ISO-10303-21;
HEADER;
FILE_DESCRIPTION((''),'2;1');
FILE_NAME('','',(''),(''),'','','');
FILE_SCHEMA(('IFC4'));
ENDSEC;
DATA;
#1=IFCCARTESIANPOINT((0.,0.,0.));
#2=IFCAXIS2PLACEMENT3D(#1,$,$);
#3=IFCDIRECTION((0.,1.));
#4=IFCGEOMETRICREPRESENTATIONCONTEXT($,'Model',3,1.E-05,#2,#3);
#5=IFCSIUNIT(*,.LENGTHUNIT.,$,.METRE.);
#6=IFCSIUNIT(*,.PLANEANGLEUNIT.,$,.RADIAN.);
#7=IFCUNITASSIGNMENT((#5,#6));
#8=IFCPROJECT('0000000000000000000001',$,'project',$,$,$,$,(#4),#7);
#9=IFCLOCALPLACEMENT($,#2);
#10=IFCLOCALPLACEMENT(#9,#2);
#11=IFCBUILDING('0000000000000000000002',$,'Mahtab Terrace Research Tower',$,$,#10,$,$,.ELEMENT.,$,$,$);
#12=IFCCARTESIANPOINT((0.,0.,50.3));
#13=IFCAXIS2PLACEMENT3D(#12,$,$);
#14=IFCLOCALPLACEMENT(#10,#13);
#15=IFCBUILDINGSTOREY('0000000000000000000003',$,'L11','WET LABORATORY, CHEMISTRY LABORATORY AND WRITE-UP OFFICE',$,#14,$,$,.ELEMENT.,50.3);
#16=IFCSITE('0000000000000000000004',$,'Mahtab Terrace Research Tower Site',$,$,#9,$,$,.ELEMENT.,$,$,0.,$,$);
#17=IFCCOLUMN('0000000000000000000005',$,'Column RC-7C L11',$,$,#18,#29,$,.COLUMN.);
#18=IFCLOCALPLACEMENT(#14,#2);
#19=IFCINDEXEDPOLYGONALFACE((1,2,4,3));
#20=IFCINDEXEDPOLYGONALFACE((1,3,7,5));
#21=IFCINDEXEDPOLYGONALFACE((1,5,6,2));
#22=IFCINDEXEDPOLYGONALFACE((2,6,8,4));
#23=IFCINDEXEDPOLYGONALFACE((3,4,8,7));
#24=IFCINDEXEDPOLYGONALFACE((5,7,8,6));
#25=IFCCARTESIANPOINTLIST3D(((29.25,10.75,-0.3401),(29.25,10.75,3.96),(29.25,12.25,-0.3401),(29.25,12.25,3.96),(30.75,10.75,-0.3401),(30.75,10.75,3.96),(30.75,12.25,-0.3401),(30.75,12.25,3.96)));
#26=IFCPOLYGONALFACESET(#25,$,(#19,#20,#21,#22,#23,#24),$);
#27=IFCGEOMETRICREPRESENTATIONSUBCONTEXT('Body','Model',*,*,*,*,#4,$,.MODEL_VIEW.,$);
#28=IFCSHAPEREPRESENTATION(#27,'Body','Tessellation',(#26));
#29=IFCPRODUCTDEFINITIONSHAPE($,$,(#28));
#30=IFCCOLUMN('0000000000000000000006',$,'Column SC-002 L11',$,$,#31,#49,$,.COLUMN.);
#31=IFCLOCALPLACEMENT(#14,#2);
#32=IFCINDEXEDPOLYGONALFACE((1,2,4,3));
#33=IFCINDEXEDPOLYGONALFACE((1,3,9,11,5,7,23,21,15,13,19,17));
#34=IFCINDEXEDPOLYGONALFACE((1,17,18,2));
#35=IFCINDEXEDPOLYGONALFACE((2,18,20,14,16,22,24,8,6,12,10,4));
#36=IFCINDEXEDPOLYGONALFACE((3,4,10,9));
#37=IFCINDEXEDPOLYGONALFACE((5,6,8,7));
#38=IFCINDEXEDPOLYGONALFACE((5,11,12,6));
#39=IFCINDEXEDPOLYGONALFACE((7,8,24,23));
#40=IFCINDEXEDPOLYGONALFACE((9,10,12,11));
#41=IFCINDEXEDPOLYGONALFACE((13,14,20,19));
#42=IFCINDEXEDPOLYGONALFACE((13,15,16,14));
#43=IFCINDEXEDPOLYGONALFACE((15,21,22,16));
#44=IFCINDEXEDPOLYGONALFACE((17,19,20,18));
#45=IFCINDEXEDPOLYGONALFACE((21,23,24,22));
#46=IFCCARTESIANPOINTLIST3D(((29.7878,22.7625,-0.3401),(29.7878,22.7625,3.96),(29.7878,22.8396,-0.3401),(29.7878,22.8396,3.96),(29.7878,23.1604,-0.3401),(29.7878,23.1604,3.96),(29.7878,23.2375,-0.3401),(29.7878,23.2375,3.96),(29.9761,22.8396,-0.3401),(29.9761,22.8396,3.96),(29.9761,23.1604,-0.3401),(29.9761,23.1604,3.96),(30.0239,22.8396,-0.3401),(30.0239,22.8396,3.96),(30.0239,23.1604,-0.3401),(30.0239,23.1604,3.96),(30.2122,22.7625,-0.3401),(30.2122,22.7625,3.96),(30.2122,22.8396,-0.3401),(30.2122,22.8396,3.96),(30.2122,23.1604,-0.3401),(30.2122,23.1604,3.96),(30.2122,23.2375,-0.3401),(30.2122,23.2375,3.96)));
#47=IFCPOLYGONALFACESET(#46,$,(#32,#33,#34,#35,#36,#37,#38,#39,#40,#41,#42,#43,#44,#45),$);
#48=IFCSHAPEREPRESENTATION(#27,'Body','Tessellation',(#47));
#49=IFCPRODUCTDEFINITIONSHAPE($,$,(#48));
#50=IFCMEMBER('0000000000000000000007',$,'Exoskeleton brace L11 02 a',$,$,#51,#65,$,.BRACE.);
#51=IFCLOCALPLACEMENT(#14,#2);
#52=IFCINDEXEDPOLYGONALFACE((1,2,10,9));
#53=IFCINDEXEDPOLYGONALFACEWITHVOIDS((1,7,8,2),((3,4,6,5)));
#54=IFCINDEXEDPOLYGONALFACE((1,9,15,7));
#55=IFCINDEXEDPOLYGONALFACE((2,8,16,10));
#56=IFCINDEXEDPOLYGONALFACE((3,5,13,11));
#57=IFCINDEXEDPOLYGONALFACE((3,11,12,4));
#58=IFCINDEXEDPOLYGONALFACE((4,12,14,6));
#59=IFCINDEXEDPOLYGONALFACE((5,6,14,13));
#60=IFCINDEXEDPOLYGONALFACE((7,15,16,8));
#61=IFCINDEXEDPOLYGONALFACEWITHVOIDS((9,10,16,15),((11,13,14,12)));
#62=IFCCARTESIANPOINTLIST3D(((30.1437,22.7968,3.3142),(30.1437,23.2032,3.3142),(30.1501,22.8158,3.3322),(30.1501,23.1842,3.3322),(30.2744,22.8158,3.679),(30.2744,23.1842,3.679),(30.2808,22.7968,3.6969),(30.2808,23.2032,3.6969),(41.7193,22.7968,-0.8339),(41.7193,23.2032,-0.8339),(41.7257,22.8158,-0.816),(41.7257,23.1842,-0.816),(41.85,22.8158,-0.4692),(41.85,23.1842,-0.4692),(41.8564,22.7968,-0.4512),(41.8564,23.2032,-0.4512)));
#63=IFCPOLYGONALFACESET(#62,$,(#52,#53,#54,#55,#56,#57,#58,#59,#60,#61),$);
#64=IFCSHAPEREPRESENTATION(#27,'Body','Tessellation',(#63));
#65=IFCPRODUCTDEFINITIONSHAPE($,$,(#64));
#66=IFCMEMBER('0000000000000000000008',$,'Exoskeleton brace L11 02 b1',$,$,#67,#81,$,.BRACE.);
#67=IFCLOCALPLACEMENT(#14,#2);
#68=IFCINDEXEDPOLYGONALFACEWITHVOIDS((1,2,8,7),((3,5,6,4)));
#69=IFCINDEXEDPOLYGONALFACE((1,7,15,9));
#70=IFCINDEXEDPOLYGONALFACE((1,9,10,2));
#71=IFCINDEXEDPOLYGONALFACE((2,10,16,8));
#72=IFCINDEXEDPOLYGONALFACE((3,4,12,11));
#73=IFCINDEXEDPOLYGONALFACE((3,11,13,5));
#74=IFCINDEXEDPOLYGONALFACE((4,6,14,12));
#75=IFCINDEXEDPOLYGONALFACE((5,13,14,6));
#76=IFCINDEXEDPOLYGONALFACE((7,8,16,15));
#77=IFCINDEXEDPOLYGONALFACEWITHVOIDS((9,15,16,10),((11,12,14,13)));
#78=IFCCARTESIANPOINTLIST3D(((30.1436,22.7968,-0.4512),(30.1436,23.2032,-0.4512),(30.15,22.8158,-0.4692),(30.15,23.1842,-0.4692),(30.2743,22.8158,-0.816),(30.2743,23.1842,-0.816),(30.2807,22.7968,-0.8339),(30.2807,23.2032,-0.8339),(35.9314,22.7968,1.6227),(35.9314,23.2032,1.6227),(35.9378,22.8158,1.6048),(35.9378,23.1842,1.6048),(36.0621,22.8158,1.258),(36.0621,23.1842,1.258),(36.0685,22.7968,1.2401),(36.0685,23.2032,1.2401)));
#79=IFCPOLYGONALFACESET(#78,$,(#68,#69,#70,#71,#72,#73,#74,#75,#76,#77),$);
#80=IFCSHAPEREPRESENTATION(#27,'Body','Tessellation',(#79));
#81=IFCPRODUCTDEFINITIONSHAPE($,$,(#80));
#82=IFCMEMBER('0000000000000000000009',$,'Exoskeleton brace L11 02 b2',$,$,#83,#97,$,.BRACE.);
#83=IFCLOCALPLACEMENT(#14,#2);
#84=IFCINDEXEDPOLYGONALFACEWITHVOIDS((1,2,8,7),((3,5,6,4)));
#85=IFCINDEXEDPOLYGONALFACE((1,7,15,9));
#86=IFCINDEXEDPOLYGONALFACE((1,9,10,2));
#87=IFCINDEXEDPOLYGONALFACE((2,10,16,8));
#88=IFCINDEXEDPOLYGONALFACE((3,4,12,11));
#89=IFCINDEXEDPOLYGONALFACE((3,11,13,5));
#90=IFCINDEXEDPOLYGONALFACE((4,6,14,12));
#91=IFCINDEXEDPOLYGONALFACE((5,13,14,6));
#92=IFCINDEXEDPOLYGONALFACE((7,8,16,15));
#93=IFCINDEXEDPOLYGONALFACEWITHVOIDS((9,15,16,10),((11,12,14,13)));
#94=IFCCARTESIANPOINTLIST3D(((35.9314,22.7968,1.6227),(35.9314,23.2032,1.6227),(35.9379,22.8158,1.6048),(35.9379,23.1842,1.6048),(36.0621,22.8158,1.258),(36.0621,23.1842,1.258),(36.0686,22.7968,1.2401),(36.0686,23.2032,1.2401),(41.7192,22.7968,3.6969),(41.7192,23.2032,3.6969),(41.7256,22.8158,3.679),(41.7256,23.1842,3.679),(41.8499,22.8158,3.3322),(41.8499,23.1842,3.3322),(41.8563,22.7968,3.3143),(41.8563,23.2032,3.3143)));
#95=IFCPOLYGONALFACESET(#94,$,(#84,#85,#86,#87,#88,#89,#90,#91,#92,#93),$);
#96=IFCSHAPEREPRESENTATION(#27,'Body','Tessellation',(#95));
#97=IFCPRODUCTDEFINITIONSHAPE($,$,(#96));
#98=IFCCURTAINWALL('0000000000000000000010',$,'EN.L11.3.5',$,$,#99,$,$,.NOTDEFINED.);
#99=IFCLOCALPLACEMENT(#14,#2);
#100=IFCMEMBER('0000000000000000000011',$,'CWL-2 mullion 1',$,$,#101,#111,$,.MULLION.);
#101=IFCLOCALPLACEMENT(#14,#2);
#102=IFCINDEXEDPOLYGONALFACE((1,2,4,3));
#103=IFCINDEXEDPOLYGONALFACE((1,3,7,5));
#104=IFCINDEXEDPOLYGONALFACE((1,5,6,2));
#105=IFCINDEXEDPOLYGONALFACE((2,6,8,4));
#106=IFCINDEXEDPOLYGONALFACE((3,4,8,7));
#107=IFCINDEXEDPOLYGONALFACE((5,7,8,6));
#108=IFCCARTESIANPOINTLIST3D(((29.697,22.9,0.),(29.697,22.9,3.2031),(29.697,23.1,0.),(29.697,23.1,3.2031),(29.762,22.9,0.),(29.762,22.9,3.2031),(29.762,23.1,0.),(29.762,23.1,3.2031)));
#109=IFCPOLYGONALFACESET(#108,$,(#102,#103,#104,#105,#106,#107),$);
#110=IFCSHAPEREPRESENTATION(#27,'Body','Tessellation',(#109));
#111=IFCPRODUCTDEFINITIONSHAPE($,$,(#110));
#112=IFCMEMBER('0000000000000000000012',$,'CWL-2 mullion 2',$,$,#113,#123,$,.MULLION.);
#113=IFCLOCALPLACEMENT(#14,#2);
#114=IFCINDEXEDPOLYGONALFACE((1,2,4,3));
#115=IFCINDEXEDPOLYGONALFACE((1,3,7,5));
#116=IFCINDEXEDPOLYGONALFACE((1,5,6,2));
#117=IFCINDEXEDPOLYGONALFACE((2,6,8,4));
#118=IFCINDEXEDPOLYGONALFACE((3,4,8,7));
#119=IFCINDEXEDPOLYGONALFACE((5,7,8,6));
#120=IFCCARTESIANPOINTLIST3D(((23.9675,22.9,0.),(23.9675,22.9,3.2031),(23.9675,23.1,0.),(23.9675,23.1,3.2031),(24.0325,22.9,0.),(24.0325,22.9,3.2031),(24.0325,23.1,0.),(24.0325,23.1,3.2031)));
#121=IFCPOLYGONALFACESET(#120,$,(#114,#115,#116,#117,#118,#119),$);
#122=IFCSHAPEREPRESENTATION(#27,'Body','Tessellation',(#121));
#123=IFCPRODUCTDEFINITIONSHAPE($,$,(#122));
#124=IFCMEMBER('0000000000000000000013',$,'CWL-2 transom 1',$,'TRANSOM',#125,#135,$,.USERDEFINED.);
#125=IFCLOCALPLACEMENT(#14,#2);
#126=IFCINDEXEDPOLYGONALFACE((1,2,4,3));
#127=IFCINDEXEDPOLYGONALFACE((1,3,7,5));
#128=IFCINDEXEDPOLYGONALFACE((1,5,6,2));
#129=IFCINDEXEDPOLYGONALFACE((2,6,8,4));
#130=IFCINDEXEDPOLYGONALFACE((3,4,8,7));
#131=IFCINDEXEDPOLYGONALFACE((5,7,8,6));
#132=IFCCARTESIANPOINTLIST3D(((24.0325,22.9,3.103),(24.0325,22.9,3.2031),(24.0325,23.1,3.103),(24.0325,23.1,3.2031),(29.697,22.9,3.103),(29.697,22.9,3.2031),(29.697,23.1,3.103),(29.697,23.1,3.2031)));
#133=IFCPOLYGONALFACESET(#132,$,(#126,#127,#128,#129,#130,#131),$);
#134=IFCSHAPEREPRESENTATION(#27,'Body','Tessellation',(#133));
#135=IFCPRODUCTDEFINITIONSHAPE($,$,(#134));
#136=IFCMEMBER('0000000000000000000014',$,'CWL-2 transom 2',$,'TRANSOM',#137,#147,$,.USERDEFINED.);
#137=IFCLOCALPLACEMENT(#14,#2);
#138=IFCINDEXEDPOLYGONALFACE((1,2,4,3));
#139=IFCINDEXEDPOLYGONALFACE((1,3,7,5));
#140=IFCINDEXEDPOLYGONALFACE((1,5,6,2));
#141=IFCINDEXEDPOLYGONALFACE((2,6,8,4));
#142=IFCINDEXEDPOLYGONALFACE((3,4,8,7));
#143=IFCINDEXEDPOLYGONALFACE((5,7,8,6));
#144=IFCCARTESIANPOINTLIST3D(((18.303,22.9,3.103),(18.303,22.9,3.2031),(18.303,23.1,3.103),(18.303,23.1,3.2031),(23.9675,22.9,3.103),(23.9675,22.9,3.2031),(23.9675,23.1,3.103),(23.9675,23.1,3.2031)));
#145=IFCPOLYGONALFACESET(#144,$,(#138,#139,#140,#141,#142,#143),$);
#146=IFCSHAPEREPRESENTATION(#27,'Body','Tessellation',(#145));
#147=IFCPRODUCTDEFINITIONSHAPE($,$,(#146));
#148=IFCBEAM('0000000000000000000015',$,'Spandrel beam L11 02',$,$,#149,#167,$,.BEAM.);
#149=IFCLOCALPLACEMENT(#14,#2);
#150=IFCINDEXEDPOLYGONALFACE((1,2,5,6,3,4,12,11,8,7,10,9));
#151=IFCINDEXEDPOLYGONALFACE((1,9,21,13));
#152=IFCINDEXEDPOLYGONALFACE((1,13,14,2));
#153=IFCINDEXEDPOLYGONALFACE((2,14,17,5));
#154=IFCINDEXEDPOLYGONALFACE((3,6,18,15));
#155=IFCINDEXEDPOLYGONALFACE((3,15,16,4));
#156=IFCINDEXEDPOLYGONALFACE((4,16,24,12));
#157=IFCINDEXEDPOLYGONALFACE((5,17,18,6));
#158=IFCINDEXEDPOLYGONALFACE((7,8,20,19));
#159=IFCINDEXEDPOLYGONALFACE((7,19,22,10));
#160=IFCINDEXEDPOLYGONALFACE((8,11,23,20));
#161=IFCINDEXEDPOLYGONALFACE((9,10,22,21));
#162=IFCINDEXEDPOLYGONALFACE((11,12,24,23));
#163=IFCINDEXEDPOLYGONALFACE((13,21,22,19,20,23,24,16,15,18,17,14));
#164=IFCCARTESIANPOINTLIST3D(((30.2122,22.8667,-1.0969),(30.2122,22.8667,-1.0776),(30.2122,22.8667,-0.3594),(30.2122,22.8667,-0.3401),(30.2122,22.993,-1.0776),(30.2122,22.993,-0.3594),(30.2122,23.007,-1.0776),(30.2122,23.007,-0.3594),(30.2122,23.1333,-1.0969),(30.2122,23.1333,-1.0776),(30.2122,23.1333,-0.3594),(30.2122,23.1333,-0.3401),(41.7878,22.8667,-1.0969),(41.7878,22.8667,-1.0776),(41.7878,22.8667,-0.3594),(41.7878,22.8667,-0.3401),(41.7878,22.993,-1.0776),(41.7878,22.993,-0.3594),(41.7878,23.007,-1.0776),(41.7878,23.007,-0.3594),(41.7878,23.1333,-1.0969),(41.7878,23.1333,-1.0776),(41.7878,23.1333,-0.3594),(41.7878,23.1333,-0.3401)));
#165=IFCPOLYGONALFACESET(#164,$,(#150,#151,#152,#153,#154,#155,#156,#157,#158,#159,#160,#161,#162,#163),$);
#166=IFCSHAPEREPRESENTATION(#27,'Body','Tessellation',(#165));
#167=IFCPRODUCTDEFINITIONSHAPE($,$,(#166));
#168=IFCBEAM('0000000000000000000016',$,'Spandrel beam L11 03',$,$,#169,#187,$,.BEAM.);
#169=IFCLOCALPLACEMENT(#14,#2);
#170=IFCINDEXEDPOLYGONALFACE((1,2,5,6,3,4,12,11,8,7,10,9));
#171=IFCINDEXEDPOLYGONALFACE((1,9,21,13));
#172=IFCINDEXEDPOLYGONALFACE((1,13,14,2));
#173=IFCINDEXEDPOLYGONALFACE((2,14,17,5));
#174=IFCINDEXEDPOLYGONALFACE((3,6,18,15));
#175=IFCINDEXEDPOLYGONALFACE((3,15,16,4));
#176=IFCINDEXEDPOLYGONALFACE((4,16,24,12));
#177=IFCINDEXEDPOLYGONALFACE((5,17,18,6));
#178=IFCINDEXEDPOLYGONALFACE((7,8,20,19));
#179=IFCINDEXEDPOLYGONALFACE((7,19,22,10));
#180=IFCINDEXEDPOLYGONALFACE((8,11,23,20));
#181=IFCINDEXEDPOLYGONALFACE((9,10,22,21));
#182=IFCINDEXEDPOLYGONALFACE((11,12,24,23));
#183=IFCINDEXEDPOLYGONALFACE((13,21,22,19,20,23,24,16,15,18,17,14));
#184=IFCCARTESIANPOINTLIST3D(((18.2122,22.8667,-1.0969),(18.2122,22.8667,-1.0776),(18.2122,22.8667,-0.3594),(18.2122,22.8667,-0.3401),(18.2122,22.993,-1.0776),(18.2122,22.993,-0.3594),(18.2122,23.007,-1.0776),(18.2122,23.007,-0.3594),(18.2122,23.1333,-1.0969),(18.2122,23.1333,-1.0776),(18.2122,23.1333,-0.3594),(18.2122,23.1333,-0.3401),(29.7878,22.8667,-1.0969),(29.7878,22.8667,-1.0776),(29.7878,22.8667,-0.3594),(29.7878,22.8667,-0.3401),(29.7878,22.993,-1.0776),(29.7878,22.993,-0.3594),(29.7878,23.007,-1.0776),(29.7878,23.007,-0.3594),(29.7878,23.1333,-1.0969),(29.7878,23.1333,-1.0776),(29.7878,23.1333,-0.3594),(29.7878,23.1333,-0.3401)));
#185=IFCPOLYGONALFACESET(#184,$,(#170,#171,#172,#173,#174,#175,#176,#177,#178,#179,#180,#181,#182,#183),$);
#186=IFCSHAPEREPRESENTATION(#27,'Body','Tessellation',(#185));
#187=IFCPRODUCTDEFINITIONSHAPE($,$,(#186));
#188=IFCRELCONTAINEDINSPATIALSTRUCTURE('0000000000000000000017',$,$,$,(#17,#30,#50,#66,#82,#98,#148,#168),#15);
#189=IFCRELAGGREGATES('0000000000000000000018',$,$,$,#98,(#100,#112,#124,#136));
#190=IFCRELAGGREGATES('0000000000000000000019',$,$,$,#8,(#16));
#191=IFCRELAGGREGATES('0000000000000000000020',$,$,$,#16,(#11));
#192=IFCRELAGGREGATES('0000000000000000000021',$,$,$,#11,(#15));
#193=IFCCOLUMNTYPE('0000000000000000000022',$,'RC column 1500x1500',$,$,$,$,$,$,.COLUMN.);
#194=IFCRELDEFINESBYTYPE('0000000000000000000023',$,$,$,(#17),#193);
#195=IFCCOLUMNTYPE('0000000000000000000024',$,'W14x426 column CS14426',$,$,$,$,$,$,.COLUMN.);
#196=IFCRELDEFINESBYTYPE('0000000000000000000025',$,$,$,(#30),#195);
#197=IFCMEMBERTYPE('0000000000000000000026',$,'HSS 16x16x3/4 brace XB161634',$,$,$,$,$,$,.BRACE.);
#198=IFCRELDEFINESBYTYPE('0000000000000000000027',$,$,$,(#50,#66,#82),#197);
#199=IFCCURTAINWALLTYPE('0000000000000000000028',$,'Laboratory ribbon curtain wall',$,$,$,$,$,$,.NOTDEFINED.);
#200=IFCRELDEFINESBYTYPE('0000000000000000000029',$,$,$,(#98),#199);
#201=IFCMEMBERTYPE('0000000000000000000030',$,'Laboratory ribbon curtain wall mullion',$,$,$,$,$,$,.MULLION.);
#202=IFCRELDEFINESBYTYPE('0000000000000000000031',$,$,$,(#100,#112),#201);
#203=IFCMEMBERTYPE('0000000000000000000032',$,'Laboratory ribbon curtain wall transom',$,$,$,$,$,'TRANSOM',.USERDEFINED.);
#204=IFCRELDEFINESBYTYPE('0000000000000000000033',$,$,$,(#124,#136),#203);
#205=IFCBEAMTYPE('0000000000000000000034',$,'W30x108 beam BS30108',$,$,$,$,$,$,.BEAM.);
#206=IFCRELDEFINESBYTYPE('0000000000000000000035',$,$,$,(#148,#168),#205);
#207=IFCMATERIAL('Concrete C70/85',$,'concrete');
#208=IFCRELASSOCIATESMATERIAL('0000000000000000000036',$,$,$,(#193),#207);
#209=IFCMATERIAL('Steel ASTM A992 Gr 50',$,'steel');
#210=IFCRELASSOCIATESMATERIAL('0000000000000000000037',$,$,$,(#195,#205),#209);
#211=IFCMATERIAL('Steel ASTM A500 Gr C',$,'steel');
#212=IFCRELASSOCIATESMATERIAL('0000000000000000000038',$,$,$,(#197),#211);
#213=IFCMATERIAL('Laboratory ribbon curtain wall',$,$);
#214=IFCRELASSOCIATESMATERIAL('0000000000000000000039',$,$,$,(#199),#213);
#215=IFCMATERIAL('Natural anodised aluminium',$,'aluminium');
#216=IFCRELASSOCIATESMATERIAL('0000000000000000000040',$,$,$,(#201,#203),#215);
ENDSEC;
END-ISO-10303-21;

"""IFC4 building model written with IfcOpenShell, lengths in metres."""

from ifc_helpers import new_model, si_unit, direction, frame, origin, origin_2d, place, context, subcontext, project, spatial, rectangle, hollow_rectangle, i_section, extrude, material, material_profile, profile_set, type_object, element, aggregate, save


model = new_model("IFC4")

# Units and contexts
model_context = context("Model", 3, precision=1e-05, world=origin(), true_north=direction((0.0, 1.0)))
body_context = subcontext(model_context, "Body", "Model", "MODEL_VIEW")
ifc_project = project(units=[si_unit("LENGTHUNIT", "METRE"), si_unit("PLANEANGLEUNIT", "RADIAN")], contexts=[model_context])

# Site, building, storey
site_placement = place(None, origin())
site = spatial("IfcSite", under=ifc_project, at=site_placement, Name="Mahtab Terrace Research Tower Site", CompositionType="ELEMENT", RefElevation=0.0)
building_placement = place(site_placement, origin())
building = spatial("IfcBuilding", under=site, at=building_placement, Name="Mahtab Terrace Research Tower", CompositionType="ELEMENT")
storey_placement = place(building_placement, frame((0.0, 0.0, 50.3)))
storey = spatial("IfcBuildingStorey", under=building, at=storey_placement, Name="L11", Description="WET LABORATORY, CHEMISTRY LABORATORY AND WRITE-UP OFFICE", CompositionType="ELEMENT", Elevation=50.3)

# Columns
ifc_material_1 = material(Name="Concrete C70/85", Category="concrete")
ifc_material_profile_1 = material_profile(ifc_material_1, rectangle(XDim=1.5, YDim=1.5, at=origin_2d()), Name="RC column 1500x1500")
ifc_profile_set_1 = profile_set([ifc_material_profile_1], Name="Concrete C70/85")
column_type_1 = type_object("IfcColumnType", Name="RC column 1500x1500", PredefinedType="COLUMN", material=ifc_profile_set_1)
column_1_placement = place(storey_placement, frame((30.0, 11.5, -0.3401), z_axis=(0.0, 0.0, 1.0), x_axis=(1.0, 0.0, 0.0)))
element("IfcColumn", 1, at=column_1_placement, inside=storey, type_object=column_type_1, Name="Column RC-7C L11", PredefinedType="COLUMN", context=body_context, shape_type="SweptSolid", body=[
    extrude(rectangle(XDim=1.5, YDim=1.5, at=origin_2d()), origin(), (0.0, 0.0, 1.0), 4.3),
])
ifc_material_2 = material(Name="Steel ASTM A992 Gr 50", Category="steel")
ifc_material_profile_2 = material_profile(ifc_material_2, i_section(OverallWidth=0.4243, OverallDepth=0.4751, WebThickness=0.0479, FlangeThickness=0.0771, at=origin_2d()), Name="W14X426")
ifc_profile_set_2 = profile_set([ifc_material_profile_2], Name="Steel ASTM A992 Gr 50")
column_type_2 = type_object("IfcColumnType", Name="W14x426 column CS14426", PredefinedType="COLUMN", material=ifc_profile_set_2)
column_2_placement = place(storey_placement, frame((30.0, 23.0, -0.3401), z_axis=(0.0, 0.0, 1.0), x_axis=(1.0, 0.0, 0.0)))
element("IfcColumn", 2, at=column_2_placement, inside=storey, type_object=column_type_2, Name="Column SC-002 L11", PredefinedType="COLUMN", context=body_context, shape_type="SweptSolid", body=[
    extrude(i_section(OverallWidth=0.4243, OverallDepth=0.4751, WebThickness=0.0479, FlangeThickness=0.0771, at=origin_2d()), origin(), (0.0, 0.0, 1.0), 4.3),
])

# Members
ifc_material_3 = material(Name="Steel ASTM A500 Gr C", Category="steel")
ifc_material_profile_3 = material_profile(ifc_material_3, hollow_rectangle(XDim=0.4065, YDim=0.4065, WallThickness=0.019, at=origin_2d()), Name="HSS16X16X3/4")
ifc_profile_set_3 = profile_set([ifc_material_profile_3], Name="Steel ASTM A500 Gr C")
member_type_1 = type_object("IfcMemberType", Name="HSS 16x16x3/4 brace XB161634", PredefinedType="BRACE", material=ifc_profile_set_3)
member_1_placement = place(storey_placement, frame((41.7878, 23.0, -0.6426), z_axis=(-0.94138, 0.0, 0.337347), x_axis=(0.0, -1.0, 0.0)))
element("IfcMember", 3, at=member_1_placement, inside=storey, type_object=member_type_1, Name="Exoskeleton brace L11 02 a", PredefinedType="BRACE", context=body_context, shape_type="SweptSolid", body=[
    extrude(hollow_rectangle(XDim=0.4065, YDim=0.4065, WallThickness=0.019, at=origin_2d()), origin(), (0.0, 0.0, 1.0), 12.2964),
])
for number, where, z_axis, x_axis, name in (
    (4, (30.2122, 23.0, -0.6426), (0.941387, 0.0, 0.33733), (0.0, 1.0, 0.0), "Exoskeleton brace L11 02 b1"),
    (5, (36.0, 23.0, 1.4314), (0.941374, 0.0, 0.337365), (0.0, 1.0, 0.0), "Exoskeleton brace L11 02 b2"),
):
    element("IfcMember", number, at=place(storey_placement, frame(where, z_axis=z_axis, x_axis=x_axis)), inside=storey, type_object=member_type_1, Name=name, PredefinedType="BRACE", context=body_context, shape_type="SweptSolid", body=[
        extrude(hollow_rectangle(XDim=0.4065, YDim=0.4065, WallThickness=0.019, at=origin_2d()), origin(), (0.0, 0.0, 1.0), 6.1482),
    ])

# Curtain wall, members
ifc_material_4 = material(Name="Laboratory ribbon curtain wall")
curtain_wall_type = type_object("IfcCurtainWallType", Name="Laboratory ribbon curtain wall", PredefinedType="NOTDEFINED", material=ifc_material_4)
curtain_wall_placement = place(storey_placement, origin())
curtain_wall = element("IfcCurtainWall", 6, at=curtain_wall_placement, inside=storey, type_object=curtain_wall_type, Name="EN.L11.3.5", PredefinedType="NOTDEFINED")
ifc_material_5 = material(Name="Natural anodised aluminium", Category="aluminium")
ifc_material_profile_4 = material_profile(ifc_material_5, rectangle(XDim=0.2, YDim=0.0649, at=origin_2d()), Name="MULLION 65x200")
ifc_profile_set_4 = profile_set([ifc_material_profile_4], Name="Natural anodised aluminium")
member_type_2 = type_object("IfcMemberType", Name="Laboratory ribbon curtain wall mullion", PredefinedType="MULLION", material=ifc_profile_set_4)
member_2_placement = place(storey_placement, frame((29.7295, 23.0, 0.0), z_axis=(0.0, 0.0, 1.0), x_axis=(0.0, -1.0, 0.0)))
member_2 = element("IfcMember", 7, at=member_2_placement, type_object=member_type_2, Name="CWL-2 mullion 1", PredefinedType="MULLION", context=body_context, shape_type="SweptSolid", body=[
    extrude(rectangle(XDim=0.2, YDim=0.0649, at=origin_2d()), origin(), (0.0, 0.0, 1.0), 3.2031),
])
member_3_placement = place(storey_placement, frame((24.0, 23.0, 0.0), z_axis=(0.0, 0.0, 1.0), x_axis=(0.0, -1.0, 0.0)))
member_3 = element("IfcMember", 8, at=member_3_placement, type_object=member_type_2, Name="CWL-2 mullion 2", PredefinedType="MULLION", context=body_context, shape_type="SweptSolid", body=[
    extrude(rectangle(XDim=0.2, YDim=0.0649, at=origin_2d()), origin(), (0.0, 0.0, 1.0), 3.2031),
])
ifc_material_profile_5 = material_profile(ifc_material_5, rectangle(XDim=0.2, YDim=0.1001, at=origin_2d()), Name="TRANSOM 100x200")
ifc_profile_set_5 = profile_set([ifc_material_profile_5], Name="Natural anodised aluminium")
member_type_3 = type_object("IfcMemberType", Name="Laboratory ribbon curtain wall transom", ElementType="TRANSOM", PredefinedType="USERDEFINED", material=ifc_profile_set_5)
member_4_placement = place(storey_placement, frame((29.697, 23.0, 3.1531), z_axis=(-1.0, 0.0, 0.0), x_axis=(0.0, -1.0, 0.0)))
member_4 = element("IfcMember", 9, at=member_4_placement, type_object=member_type_3, Name="CWL-2 transom 1", ObjectType="TRANSOM", PredefinedType="USERDEFINED", context=body_context, shape_type="SweptSolid", body=[
    extrude(rectangle(XDim=0.2, YDim=0.1001, at=origin_2d()), origin(), (0.0, 0.0, 1.0), 5.6646),
])
member_5_placement = place(storey_placement, frame((23.9675, 23.0, 3.1531), z_axis=(-1.0, 0.0, 0.0), x_axis=(0.0, -1.0, 0.0)))
member_5 = element("IfcMember", 10, at=member_5_placement, type_object=member_type_3, Name="CWL-2 transom 2", ObjectType="TRANSOM", PredefinedType="USERDEFINED", context=body_context, shape_type="SweptSolid", body=[
    extrude(rectangle(XDim=0.2, YDim=0.1001, at=origin_2d()), origin(), (0.0, 0.0, 1.0), 5.6646),
])

# Beams
ifc_material_profile_6 = material_profile(ifc_material_2, i_section(OverallWidth=0.2666, OverallDepth=0.7568, WebThickness=0.0139, FlangeThickness=0.0193, at=origin_2d()), Name="W30X108")
ifc_profile_set_6 = profile_set([ifc_material_profile_6], Name="Steel ASTM A992 Gr 50")
beam_type = type_object("IfcBeamType", Name="W30x108 beam BS30108", PredefinedType="BEAM", material=ifc_profile_set_6)
for number, where, z_axis, x_axis, name in (
    (11, (41.7878, 23.0, -0.7185), (-1.0, 0.0, 0.0), (0.0, -1.0, 0.0), "Spandrel beam L11 02"),
    (12, (29.7878, 23.0, -0.7185), (-1.0, 0.0, 0.0), (0.0, -1.0, 0.0), "Spandrel beam L11 03"),
):
    element("IfcBeam", number, at=place(storey_placement, frame(where, z_axis=z_axis, x_axis=x_axis)), inside=storey, type_object=beam_type, Name=name, PredefinedType="BEAM", context=body_context, shape_type="SweptSolid", body=[
        extrude(i_section(OverallWidth=0.2666, OverallDepth=0.7568, WebThickness=0.0139, FlangeThickness=0.0193, at=origin_2d()), origin(), (0.0, 0.0, 1.0), 11.5757),
    ])

aggregate(curtain_wall, [member_2, member_3, member_4, member_5])

save(model, "model.ifc")
